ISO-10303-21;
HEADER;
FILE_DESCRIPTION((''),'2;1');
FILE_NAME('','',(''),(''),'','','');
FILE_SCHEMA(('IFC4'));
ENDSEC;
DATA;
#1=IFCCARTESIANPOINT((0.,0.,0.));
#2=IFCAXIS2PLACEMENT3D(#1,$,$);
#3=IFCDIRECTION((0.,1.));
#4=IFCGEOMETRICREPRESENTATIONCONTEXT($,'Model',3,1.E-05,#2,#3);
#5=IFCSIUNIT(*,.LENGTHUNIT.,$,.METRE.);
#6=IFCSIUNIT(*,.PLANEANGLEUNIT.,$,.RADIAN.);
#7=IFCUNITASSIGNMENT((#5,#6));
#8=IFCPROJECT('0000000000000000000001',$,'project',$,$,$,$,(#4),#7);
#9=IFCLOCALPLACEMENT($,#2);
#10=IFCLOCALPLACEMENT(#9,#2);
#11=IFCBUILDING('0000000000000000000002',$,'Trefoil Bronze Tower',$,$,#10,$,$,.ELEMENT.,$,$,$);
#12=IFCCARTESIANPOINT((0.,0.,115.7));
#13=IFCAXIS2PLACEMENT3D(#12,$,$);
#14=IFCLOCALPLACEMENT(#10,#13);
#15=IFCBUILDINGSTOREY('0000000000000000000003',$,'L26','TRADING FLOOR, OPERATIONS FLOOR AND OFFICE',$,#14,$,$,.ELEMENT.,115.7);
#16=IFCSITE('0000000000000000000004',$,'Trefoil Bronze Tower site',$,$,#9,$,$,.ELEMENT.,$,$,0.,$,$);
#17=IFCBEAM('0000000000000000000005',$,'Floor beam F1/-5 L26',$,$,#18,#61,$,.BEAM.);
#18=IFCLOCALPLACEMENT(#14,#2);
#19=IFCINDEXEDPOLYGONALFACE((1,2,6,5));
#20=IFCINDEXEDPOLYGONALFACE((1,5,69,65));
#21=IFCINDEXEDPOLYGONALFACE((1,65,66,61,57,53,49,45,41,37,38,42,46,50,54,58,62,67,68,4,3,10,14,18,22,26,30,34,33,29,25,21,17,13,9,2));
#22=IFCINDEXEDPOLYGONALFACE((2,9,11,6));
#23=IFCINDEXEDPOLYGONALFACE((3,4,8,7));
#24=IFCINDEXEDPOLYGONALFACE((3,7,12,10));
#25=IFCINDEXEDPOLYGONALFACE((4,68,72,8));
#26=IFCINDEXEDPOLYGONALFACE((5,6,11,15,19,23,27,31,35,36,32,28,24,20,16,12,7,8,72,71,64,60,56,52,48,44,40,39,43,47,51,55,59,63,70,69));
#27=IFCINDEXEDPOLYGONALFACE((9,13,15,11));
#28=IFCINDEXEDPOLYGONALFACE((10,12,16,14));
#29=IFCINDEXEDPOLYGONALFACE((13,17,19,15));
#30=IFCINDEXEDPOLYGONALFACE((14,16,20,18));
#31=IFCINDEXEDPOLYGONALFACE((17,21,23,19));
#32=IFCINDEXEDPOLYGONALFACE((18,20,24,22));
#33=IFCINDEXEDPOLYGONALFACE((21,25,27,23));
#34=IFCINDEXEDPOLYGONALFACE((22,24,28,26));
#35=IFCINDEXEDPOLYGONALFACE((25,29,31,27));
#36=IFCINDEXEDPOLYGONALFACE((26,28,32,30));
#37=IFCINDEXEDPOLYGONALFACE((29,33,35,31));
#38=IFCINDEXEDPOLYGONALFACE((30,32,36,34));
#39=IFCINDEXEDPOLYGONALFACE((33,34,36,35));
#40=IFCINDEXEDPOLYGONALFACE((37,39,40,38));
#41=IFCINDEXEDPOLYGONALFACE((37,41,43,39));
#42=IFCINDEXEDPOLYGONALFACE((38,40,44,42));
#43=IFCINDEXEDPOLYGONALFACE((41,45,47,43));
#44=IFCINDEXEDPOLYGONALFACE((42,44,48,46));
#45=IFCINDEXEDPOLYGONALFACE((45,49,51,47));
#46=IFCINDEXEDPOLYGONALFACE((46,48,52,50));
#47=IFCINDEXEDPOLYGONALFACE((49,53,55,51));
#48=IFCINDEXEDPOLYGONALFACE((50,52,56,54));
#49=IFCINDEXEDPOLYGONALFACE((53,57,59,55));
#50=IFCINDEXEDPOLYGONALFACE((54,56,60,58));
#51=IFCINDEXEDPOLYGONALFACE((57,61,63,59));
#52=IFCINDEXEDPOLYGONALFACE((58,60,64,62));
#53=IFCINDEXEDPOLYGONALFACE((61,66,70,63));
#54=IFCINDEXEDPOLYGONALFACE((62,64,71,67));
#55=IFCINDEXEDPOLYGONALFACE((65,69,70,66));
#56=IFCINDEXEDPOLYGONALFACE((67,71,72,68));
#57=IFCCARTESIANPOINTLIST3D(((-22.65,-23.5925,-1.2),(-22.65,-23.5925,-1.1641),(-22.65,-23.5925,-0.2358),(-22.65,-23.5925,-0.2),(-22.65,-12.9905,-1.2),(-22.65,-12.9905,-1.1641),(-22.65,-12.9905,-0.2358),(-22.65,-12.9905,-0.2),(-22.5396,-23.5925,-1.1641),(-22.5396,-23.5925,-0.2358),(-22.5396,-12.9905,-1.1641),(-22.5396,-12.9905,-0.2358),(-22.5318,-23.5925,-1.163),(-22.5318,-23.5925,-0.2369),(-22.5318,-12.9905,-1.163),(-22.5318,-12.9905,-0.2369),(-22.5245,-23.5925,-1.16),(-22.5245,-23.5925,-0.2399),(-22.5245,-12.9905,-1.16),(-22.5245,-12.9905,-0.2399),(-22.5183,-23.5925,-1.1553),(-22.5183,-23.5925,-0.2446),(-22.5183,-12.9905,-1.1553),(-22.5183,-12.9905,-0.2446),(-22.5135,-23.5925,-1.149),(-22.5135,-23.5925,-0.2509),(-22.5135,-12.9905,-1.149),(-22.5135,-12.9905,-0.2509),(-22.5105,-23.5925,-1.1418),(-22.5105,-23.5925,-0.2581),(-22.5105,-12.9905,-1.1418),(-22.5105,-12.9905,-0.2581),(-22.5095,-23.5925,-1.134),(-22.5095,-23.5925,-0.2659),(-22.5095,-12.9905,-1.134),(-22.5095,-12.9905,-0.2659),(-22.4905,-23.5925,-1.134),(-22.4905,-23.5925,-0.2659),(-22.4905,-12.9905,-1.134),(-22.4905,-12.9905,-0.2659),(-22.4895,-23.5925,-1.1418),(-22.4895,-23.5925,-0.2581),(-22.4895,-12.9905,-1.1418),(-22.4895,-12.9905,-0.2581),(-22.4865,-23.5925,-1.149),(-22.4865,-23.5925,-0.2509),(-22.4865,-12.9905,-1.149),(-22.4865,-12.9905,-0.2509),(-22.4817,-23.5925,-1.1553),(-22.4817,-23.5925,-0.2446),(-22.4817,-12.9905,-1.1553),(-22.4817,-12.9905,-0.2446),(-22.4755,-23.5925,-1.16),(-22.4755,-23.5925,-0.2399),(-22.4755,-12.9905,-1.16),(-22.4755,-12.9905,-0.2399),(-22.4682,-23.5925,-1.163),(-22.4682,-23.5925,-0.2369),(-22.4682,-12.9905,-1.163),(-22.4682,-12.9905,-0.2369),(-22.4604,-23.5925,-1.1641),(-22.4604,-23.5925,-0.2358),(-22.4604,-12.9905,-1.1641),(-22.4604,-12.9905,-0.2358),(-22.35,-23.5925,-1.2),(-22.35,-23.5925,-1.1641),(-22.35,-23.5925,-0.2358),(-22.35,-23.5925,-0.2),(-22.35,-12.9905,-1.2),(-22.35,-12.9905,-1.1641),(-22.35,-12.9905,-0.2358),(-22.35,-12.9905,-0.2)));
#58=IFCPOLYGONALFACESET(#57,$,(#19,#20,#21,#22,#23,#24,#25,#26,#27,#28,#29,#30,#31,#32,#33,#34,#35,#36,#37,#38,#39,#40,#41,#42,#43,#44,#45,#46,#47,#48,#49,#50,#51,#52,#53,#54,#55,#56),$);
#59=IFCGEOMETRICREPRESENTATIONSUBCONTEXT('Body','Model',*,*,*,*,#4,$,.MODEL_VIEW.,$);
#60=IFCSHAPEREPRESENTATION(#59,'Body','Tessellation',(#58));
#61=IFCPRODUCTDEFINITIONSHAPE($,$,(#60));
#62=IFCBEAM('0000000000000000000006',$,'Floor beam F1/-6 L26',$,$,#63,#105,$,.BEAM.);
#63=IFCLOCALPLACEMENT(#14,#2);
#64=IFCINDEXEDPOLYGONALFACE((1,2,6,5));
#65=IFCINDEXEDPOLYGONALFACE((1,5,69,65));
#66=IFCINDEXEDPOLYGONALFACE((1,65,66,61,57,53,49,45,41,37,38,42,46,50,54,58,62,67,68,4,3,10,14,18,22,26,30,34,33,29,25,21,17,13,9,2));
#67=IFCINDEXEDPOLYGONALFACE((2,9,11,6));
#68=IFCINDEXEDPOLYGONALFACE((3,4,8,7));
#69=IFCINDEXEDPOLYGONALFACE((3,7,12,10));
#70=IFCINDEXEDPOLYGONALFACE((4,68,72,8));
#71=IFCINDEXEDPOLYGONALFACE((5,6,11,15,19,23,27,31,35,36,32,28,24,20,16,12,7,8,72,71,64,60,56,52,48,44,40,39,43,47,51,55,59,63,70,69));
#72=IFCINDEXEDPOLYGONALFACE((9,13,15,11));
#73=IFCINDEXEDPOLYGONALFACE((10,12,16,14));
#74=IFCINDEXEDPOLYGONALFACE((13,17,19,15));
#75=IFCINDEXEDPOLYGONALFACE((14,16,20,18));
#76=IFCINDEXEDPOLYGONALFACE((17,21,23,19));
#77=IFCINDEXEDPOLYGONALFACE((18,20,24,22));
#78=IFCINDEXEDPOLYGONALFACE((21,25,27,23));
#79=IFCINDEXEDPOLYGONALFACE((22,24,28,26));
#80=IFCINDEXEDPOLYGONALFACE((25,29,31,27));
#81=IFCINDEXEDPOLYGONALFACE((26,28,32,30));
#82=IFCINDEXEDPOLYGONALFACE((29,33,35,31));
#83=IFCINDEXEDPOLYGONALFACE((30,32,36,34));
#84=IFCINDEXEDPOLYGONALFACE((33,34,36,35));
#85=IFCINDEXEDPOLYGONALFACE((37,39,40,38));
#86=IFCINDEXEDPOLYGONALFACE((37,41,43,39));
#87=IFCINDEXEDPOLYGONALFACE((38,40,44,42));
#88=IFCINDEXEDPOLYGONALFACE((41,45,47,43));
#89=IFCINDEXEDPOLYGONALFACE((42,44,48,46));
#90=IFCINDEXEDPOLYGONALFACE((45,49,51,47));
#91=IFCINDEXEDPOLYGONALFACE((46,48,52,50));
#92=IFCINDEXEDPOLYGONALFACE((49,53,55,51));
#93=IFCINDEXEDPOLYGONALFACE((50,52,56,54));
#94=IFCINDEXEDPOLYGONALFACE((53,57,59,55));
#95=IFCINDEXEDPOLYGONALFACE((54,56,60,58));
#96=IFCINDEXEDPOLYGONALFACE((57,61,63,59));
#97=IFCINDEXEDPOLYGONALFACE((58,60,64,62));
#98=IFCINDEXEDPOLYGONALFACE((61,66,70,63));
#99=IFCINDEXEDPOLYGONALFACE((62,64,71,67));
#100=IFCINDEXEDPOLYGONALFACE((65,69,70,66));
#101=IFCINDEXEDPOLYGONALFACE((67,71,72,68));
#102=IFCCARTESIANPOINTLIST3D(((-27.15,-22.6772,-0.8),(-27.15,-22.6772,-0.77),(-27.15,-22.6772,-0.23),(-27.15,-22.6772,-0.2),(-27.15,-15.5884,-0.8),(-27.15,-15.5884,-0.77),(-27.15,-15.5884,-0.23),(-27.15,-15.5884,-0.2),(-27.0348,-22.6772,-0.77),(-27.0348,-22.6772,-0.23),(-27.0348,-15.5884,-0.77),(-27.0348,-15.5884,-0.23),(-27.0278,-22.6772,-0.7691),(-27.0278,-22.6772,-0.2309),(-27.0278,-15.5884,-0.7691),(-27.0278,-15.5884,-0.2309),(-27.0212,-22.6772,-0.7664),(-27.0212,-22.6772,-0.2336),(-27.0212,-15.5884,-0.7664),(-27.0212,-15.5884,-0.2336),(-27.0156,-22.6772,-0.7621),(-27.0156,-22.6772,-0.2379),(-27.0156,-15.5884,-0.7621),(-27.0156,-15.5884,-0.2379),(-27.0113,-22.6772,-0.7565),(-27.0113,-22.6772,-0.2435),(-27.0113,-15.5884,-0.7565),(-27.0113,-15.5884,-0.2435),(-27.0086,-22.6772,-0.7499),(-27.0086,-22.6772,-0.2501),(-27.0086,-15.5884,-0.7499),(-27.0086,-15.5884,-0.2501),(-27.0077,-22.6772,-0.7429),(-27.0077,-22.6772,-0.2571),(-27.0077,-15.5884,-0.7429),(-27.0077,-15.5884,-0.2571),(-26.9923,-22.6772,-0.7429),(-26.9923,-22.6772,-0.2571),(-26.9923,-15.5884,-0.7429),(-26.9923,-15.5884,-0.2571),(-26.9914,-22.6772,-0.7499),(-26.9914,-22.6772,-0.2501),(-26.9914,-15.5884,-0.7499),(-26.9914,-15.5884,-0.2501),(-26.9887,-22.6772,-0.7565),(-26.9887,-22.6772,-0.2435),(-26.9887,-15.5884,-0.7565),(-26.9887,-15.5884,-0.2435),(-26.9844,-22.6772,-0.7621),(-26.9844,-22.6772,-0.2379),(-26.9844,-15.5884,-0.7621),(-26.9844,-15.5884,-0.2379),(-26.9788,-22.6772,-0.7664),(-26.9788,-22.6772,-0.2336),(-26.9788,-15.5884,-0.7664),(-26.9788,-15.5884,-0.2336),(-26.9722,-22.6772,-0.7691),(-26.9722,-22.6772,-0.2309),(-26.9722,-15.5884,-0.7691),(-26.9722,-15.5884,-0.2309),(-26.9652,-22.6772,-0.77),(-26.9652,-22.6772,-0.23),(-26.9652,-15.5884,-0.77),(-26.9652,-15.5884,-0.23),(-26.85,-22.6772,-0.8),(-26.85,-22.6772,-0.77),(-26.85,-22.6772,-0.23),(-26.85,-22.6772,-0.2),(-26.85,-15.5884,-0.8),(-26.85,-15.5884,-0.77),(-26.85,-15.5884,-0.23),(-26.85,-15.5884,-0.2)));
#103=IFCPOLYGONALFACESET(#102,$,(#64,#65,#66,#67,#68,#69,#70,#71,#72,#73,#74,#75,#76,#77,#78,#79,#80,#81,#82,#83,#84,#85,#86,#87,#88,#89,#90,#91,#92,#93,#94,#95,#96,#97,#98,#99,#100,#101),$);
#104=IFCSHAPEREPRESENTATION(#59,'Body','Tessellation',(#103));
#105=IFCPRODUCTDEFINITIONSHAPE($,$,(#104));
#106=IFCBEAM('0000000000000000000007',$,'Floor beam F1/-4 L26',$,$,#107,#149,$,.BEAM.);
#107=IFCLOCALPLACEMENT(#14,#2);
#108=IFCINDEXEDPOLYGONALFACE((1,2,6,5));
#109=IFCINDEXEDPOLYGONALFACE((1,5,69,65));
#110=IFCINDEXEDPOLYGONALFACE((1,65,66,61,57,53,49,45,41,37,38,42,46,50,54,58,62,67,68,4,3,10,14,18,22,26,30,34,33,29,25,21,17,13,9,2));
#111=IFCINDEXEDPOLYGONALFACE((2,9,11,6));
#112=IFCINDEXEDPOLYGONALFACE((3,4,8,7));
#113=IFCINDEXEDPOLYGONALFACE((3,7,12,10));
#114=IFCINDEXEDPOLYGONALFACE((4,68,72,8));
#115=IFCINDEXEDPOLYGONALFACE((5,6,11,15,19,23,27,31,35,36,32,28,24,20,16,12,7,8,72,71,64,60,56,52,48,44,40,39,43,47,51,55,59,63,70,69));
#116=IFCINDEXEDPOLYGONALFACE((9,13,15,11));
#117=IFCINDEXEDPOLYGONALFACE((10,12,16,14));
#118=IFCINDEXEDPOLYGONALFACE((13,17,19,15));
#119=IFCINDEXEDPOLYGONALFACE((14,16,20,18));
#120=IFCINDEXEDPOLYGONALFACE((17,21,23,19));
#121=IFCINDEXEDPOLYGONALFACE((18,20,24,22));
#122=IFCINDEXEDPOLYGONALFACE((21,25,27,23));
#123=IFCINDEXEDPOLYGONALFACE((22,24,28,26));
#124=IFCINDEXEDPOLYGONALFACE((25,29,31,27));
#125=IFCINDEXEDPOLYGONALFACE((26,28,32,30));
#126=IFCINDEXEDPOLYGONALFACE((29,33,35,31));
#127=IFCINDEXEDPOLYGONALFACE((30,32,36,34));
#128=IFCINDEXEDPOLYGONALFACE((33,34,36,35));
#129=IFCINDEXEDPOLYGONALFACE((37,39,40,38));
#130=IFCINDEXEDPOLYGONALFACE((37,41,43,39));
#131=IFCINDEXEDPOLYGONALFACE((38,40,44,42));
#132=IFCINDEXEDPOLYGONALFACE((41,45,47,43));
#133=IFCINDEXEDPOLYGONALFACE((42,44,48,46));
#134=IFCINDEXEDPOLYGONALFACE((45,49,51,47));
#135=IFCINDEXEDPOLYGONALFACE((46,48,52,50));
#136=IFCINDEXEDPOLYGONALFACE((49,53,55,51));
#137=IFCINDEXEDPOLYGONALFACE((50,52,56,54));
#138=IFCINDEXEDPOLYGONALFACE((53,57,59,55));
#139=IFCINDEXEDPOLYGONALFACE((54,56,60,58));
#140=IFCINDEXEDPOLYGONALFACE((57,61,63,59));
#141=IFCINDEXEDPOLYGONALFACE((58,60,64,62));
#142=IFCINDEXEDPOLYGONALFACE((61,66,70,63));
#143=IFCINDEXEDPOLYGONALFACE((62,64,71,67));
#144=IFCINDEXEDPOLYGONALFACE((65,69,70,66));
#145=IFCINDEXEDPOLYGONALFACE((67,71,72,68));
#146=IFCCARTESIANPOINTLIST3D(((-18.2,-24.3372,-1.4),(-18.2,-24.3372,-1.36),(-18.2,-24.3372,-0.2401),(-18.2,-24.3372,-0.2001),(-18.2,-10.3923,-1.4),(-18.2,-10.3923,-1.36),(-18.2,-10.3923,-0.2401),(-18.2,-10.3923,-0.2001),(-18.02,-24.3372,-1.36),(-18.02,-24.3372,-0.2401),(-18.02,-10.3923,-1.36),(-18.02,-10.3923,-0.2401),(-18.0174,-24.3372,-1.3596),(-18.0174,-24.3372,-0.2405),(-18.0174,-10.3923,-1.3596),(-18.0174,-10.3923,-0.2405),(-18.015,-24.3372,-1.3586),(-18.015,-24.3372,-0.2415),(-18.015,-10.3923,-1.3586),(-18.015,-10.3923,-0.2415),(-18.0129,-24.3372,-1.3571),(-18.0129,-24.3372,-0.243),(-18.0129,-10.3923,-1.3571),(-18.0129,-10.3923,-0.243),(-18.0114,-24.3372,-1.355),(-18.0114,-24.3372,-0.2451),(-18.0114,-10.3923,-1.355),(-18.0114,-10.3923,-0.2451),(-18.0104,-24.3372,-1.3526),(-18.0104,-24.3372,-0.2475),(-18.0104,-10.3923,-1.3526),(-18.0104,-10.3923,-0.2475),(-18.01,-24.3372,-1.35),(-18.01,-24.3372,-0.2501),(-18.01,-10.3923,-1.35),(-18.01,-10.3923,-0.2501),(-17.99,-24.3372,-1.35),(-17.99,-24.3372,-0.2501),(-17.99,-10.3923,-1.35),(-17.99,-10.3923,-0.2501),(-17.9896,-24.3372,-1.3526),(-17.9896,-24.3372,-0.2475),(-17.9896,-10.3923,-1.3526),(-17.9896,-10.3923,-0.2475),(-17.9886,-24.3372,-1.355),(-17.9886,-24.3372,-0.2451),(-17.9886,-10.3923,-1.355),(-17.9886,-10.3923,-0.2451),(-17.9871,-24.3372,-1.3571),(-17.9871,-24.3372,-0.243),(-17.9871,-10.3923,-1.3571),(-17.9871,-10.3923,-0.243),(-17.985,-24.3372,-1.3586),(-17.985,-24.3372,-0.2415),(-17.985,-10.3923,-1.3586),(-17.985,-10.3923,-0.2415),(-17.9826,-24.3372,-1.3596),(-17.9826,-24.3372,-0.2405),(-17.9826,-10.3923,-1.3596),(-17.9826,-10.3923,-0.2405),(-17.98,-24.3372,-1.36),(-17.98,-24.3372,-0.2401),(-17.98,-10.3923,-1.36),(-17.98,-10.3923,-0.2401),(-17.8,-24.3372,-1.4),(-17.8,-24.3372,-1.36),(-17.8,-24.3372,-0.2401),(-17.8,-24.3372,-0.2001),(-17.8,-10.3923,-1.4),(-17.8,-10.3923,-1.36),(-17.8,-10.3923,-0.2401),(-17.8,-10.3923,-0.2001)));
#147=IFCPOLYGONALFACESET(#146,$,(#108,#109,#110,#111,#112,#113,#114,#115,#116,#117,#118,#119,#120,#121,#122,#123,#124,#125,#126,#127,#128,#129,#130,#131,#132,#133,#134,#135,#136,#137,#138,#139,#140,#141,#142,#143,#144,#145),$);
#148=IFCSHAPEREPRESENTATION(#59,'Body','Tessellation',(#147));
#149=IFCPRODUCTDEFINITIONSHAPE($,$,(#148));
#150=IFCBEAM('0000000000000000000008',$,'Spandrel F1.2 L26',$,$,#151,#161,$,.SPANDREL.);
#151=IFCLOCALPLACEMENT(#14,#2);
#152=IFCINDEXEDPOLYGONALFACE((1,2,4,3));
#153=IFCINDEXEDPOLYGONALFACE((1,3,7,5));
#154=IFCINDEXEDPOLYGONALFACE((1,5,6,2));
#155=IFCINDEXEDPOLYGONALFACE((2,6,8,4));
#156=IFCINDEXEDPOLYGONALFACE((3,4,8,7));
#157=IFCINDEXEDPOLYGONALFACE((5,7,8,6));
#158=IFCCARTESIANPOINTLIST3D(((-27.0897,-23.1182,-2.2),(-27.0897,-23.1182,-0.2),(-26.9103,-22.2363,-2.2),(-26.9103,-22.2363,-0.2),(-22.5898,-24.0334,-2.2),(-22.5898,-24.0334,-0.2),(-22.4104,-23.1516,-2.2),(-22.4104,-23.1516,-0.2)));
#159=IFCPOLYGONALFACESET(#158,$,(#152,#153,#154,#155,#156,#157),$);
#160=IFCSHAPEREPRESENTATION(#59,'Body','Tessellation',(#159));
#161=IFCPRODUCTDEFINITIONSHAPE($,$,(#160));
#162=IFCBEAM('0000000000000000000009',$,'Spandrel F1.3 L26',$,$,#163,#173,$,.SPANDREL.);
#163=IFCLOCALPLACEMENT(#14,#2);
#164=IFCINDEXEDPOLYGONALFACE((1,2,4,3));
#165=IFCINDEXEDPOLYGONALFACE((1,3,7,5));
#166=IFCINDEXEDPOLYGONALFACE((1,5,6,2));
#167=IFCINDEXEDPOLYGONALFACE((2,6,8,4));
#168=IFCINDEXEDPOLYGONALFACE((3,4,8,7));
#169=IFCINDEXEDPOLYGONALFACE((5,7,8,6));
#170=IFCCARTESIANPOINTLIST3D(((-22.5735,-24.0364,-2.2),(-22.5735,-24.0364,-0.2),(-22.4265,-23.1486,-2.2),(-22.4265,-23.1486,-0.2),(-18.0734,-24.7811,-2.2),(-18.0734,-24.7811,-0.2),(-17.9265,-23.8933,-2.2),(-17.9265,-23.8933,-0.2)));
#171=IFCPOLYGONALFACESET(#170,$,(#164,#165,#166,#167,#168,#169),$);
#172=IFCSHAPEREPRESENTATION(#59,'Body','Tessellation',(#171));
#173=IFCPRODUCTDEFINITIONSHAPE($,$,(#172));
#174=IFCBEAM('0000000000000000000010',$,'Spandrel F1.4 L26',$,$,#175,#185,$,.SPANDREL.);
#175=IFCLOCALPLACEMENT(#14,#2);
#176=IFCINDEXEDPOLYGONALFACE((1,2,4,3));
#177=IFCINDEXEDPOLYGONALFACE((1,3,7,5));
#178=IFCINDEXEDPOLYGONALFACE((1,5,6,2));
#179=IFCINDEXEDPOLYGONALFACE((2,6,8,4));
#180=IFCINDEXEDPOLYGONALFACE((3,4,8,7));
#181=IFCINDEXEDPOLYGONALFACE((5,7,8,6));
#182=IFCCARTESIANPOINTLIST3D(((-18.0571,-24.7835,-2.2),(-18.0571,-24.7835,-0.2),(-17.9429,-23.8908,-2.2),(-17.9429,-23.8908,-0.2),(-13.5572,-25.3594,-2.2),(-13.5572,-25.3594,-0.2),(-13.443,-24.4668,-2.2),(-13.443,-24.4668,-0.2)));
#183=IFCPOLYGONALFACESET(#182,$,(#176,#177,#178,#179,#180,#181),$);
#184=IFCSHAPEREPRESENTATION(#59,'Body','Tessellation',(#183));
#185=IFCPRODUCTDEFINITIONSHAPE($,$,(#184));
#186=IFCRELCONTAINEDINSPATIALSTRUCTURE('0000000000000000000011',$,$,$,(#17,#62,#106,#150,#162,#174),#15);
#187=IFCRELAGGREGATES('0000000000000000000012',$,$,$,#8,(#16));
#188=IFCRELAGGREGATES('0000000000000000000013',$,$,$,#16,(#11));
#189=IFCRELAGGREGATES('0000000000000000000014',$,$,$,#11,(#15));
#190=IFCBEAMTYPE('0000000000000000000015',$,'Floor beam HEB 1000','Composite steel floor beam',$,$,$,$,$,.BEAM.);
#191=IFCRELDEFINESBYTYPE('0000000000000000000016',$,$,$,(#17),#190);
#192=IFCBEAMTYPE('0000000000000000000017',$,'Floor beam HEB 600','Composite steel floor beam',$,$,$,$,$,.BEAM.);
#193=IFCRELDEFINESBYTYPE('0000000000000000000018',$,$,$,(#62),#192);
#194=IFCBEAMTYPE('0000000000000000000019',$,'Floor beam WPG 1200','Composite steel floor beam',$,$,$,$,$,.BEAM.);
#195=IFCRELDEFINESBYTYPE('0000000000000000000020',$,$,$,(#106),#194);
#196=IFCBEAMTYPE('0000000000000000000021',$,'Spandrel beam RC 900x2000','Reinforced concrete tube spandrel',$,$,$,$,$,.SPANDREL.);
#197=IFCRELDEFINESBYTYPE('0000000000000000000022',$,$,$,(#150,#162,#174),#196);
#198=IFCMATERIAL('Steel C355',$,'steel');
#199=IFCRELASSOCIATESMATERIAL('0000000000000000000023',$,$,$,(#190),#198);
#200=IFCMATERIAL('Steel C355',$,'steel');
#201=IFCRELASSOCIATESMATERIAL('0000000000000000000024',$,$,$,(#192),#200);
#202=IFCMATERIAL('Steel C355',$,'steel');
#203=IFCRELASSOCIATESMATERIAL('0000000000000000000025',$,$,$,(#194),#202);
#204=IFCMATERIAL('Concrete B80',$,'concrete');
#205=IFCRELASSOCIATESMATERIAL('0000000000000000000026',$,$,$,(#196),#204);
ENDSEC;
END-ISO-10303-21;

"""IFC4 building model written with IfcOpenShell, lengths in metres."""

from ifc_helpers import new_model, si_unit, direction, frame, origin, origin_2d, place, context, subcontext, project, spatial, rectangle, i_section, extrude, material, material_profile, profile_set, type_object, element, save


model = new_model("IFC4")

# Units and contexts
model_context = context("Model", 3, precision=1e-05, world=origin(), true_north=direction((0.0, 1.0)))
body_context = subcontext(model_context, "Body", "Model", "MODEL_VIEW")
ifc_project = project(units=[si_unit("LENGTHUNIT", "METRE"), si_unit("PLANEANGLEUNIT", "RADIAN")], contexts=[model_context])

# Site, building, storey
site_placement = place(None, origin())
site = spatial("IfcSite", under=ifc_project, at=site_placement, Name="Trefoil Bronze Tower site", CompositionType="ELEMENT", RefElevation=0.0)
building_placement = place(site_placement, origin())
building = spatial("IfcBuilding", under=site, at=building_placement, Name="Trefoil Bronze Tower", CompositionType="ELEMENT")
storey_placement = place(building_placement, frame((0.0, 0.0, 115.7)))
storey = spatial("IfcBuildingStorey", under=building, at=storey_placement, Name="L26", Description="TRADING FLOOR, OPERATIONS FLOOR AND OFFICE", CompositionType="ELEMENT", Elevation=115.7)

# Beams
ifc_material_1 = material(Name="Steel C355", Category="steel")
ifc_material_profile_1 = material_profile(ifc_material_1, i_section(OverallWidth=0.3, OverallDepth=1.0, WebThickness=0.019, FlangeThickness=0.0359, FilletRadius=0.03, at=origin_2d()), Name="HEB 1000")
ifc_profile_set_1 = profile_set([ifc_material_profile_1], Name="Steel C355")
beam_type_1 = type_object("IfcBeamType", Name="Floor beam HEB 1000", Description="Composite steel floor beam", PredefinedType="BEAM", material=ifc_profile_set_1)
beam_1_placement = place(storey_placement, frame((-22.5, -23.5925, -0.7), z_axis=(0.0, 1.0, 0.0), x_axis=(-1.0, 0.0, 0.0)))
element("IfcBeam", 1, at=beam_1_placement, inside=storey, type_object=beam_type_1, Name="Floor beam F1/-5 L26", PredefinedType="BEAM", context=body_context, shape_type="SweptSolid", body=[
    extrude(i_section(OverallWidth=0.3, OverallDepth=1.0, WebThickness=0.019, FlangeThickness=0.0359, FilletRadius=0.03, at=origin_2d()), origin(), (0.0, 0.0, 1.0), 10.6021),
])
ifc_material_2 = material(Name="Steel C355", Category="steel")
ifc_material_profile_2 = material_profile(ifc_material_2, i_section(OverallWidth=0.3, OverallDepth=0.6001, WebThickness=0.0154, FlangeThickness=0.03, FilletRadius=0.0271, at=origin_2d()), Name="HEB 600")
ifc_profile_set_2 = profile_set([ifc_material_profile_2], Name="Steel C355")
beam_type_2 = type_object("IfcBeamType", Name="Floor beam HEB 600", Description="Composite steel floor beam", PredefinedType="BEAM", material=ifc_profile_set_2)
beam_2_placement = place(storey_placement, frame((-27.0, -22.6772, -0.5), z_axis=(0.0, 1.0, 0.0), x_axis=(-1.0, 0.0, 0.0)))
element("IfcBeam", 2, at=beam_2_placement, inside=storey, type_object=beam_type_2, Name="Floor beam F1/-6 L26", PredefinedType="BEAM", context=body_context, shape_type="SweptSolid", body=[
    extrude(i_section(OverallWidth=0.3, OverallDepth=0.6001, WebThickness=0.0154, FlangeThickness=0.03, FilletRadius=0.0271, at=origin_2d()), origin(), (0.0, 0.0, 1.0), 7.0889),
])
ifc_material_3 = material(Name="Steel C355", Category="steel")
ifc_material_profile_3 = material_profile(ifc_material_3, i_section(OverallWidth=0.3999, OverallDepth=1.2, WebThickness=0.02, FlangeThickness=0.04, FilletRadius=0.01, at=origin_2d()), Name="WPG 1200")
ifc_profile_set_3 = profile_set([ifc_material_profile_3], Name="Steel C355")
beam_type_3 = type_object("IfcBeamType", Name="Floor beam WPG 1200", Description="Composite steel floor beam", PredefinedType="BEAM", material=ifc_profile_set_3)
beam_3_placement = place(storey_placement, frame((-18.0, -24.3372, -0.8), z_axis=(0.0, 1.0, 0.0), x_axis=(-1.0, 0.0, 0.0)))
element("IfcBeam", 3, at=beam_3_placement, inside=storey, type_object=beam_type_3, Name="Floor beam F1/-4 L26", PredefinedType="BEAM", context=body_context, shape_type="SweptSolid", body=[
    extrude(i_section(OverallWidth=0.3999, OverallDepth=1.2, WebThickness=0.02, FlangeThickness=0.04, FilletRadius=0.01, at=origin_2d()), origin(), (0.0, 0.0, 1.0), 13.9448),
])
ifc_material_4 = material(Name="Concrete B80", Category="concrete")
ifc_material_profile_4 = material_profile(ifc_material_4, rectangle(XDim=0.8999, YDim=2.0, at=origin_2d()), Name="RC 900x2000")
ifc_profile_set_4 = profile_set([ifc_material_profile_4], Name="Concrete B80")
beam_type_4 = type_object("IfcBeamType", Name="Spandrel beam RC 900x2000", Description="Reinforced concrete tube spandrel", PredefinedType="SPANDREL", material=ifc_profile_set_4)
beam_4_placement = place(storey_placement, frame((-27.0, -22.6772, -1.2), z_axis=(0.979935, -0.199315, 0.0), x_axis=(0.199315, 0.979935, 0.0)))
element("IfcBeam", 4, at=beam_4_placement, inside=storey, type_object=beam_type_4, Name="Spandrel F1.2 L26", PredefinedType="SPANDREL", context=body_context, shape_type="SweptSolid", body=[
    extrude(rectangle(XDim=0.8999, YDim=2.0, at=origin_2d()), origin(), (0.0, 0.0, 1.0), 4.592),
])
beam_5_placement = place(storey_placement, frame((-22.5, -23.5925, -1.2), z_axis=(0.986584, -0.163253, 0.0), x_axis=(0.163253, 0.986584, 0.0)))
element("IfcBeam", 5, at=beam_5_placement, inside=storey, type_object=beam_type_4, Name="Spandrel F1.3 L26", PredefinedType="SPANDREL", context=body_context, shape_type="SweptSolid", body=[
    extrude(rectangle(XDim=0.8999, YDim=2.0, at=origin_2d()), origin(), (0.0, 0.0, 1.0), 4.5613),
])
beam_6_placement = place(storey_placement, frame((-18.0, -24.3372, -1.2), z_axis=(0.991909, -0.126948, 0.0), x_axis=(0.126948, 0.991909, 0.0)))
element("IfcBeam", 6, at=beam_6_placement, inside=storey, type_object=beam_type_4, Name="Spandrel F1.4 L26", PredefinedType="SPANDREL", context=body_context, shape_type="SweptSolid", body=[
    extrude(rectangle(XDim=0.8999, YDim=2.0, at=origin_2d()), origin(), (0.0, 0.0, 1.0), 4.5366),
])

save(model, "model.ifc")
